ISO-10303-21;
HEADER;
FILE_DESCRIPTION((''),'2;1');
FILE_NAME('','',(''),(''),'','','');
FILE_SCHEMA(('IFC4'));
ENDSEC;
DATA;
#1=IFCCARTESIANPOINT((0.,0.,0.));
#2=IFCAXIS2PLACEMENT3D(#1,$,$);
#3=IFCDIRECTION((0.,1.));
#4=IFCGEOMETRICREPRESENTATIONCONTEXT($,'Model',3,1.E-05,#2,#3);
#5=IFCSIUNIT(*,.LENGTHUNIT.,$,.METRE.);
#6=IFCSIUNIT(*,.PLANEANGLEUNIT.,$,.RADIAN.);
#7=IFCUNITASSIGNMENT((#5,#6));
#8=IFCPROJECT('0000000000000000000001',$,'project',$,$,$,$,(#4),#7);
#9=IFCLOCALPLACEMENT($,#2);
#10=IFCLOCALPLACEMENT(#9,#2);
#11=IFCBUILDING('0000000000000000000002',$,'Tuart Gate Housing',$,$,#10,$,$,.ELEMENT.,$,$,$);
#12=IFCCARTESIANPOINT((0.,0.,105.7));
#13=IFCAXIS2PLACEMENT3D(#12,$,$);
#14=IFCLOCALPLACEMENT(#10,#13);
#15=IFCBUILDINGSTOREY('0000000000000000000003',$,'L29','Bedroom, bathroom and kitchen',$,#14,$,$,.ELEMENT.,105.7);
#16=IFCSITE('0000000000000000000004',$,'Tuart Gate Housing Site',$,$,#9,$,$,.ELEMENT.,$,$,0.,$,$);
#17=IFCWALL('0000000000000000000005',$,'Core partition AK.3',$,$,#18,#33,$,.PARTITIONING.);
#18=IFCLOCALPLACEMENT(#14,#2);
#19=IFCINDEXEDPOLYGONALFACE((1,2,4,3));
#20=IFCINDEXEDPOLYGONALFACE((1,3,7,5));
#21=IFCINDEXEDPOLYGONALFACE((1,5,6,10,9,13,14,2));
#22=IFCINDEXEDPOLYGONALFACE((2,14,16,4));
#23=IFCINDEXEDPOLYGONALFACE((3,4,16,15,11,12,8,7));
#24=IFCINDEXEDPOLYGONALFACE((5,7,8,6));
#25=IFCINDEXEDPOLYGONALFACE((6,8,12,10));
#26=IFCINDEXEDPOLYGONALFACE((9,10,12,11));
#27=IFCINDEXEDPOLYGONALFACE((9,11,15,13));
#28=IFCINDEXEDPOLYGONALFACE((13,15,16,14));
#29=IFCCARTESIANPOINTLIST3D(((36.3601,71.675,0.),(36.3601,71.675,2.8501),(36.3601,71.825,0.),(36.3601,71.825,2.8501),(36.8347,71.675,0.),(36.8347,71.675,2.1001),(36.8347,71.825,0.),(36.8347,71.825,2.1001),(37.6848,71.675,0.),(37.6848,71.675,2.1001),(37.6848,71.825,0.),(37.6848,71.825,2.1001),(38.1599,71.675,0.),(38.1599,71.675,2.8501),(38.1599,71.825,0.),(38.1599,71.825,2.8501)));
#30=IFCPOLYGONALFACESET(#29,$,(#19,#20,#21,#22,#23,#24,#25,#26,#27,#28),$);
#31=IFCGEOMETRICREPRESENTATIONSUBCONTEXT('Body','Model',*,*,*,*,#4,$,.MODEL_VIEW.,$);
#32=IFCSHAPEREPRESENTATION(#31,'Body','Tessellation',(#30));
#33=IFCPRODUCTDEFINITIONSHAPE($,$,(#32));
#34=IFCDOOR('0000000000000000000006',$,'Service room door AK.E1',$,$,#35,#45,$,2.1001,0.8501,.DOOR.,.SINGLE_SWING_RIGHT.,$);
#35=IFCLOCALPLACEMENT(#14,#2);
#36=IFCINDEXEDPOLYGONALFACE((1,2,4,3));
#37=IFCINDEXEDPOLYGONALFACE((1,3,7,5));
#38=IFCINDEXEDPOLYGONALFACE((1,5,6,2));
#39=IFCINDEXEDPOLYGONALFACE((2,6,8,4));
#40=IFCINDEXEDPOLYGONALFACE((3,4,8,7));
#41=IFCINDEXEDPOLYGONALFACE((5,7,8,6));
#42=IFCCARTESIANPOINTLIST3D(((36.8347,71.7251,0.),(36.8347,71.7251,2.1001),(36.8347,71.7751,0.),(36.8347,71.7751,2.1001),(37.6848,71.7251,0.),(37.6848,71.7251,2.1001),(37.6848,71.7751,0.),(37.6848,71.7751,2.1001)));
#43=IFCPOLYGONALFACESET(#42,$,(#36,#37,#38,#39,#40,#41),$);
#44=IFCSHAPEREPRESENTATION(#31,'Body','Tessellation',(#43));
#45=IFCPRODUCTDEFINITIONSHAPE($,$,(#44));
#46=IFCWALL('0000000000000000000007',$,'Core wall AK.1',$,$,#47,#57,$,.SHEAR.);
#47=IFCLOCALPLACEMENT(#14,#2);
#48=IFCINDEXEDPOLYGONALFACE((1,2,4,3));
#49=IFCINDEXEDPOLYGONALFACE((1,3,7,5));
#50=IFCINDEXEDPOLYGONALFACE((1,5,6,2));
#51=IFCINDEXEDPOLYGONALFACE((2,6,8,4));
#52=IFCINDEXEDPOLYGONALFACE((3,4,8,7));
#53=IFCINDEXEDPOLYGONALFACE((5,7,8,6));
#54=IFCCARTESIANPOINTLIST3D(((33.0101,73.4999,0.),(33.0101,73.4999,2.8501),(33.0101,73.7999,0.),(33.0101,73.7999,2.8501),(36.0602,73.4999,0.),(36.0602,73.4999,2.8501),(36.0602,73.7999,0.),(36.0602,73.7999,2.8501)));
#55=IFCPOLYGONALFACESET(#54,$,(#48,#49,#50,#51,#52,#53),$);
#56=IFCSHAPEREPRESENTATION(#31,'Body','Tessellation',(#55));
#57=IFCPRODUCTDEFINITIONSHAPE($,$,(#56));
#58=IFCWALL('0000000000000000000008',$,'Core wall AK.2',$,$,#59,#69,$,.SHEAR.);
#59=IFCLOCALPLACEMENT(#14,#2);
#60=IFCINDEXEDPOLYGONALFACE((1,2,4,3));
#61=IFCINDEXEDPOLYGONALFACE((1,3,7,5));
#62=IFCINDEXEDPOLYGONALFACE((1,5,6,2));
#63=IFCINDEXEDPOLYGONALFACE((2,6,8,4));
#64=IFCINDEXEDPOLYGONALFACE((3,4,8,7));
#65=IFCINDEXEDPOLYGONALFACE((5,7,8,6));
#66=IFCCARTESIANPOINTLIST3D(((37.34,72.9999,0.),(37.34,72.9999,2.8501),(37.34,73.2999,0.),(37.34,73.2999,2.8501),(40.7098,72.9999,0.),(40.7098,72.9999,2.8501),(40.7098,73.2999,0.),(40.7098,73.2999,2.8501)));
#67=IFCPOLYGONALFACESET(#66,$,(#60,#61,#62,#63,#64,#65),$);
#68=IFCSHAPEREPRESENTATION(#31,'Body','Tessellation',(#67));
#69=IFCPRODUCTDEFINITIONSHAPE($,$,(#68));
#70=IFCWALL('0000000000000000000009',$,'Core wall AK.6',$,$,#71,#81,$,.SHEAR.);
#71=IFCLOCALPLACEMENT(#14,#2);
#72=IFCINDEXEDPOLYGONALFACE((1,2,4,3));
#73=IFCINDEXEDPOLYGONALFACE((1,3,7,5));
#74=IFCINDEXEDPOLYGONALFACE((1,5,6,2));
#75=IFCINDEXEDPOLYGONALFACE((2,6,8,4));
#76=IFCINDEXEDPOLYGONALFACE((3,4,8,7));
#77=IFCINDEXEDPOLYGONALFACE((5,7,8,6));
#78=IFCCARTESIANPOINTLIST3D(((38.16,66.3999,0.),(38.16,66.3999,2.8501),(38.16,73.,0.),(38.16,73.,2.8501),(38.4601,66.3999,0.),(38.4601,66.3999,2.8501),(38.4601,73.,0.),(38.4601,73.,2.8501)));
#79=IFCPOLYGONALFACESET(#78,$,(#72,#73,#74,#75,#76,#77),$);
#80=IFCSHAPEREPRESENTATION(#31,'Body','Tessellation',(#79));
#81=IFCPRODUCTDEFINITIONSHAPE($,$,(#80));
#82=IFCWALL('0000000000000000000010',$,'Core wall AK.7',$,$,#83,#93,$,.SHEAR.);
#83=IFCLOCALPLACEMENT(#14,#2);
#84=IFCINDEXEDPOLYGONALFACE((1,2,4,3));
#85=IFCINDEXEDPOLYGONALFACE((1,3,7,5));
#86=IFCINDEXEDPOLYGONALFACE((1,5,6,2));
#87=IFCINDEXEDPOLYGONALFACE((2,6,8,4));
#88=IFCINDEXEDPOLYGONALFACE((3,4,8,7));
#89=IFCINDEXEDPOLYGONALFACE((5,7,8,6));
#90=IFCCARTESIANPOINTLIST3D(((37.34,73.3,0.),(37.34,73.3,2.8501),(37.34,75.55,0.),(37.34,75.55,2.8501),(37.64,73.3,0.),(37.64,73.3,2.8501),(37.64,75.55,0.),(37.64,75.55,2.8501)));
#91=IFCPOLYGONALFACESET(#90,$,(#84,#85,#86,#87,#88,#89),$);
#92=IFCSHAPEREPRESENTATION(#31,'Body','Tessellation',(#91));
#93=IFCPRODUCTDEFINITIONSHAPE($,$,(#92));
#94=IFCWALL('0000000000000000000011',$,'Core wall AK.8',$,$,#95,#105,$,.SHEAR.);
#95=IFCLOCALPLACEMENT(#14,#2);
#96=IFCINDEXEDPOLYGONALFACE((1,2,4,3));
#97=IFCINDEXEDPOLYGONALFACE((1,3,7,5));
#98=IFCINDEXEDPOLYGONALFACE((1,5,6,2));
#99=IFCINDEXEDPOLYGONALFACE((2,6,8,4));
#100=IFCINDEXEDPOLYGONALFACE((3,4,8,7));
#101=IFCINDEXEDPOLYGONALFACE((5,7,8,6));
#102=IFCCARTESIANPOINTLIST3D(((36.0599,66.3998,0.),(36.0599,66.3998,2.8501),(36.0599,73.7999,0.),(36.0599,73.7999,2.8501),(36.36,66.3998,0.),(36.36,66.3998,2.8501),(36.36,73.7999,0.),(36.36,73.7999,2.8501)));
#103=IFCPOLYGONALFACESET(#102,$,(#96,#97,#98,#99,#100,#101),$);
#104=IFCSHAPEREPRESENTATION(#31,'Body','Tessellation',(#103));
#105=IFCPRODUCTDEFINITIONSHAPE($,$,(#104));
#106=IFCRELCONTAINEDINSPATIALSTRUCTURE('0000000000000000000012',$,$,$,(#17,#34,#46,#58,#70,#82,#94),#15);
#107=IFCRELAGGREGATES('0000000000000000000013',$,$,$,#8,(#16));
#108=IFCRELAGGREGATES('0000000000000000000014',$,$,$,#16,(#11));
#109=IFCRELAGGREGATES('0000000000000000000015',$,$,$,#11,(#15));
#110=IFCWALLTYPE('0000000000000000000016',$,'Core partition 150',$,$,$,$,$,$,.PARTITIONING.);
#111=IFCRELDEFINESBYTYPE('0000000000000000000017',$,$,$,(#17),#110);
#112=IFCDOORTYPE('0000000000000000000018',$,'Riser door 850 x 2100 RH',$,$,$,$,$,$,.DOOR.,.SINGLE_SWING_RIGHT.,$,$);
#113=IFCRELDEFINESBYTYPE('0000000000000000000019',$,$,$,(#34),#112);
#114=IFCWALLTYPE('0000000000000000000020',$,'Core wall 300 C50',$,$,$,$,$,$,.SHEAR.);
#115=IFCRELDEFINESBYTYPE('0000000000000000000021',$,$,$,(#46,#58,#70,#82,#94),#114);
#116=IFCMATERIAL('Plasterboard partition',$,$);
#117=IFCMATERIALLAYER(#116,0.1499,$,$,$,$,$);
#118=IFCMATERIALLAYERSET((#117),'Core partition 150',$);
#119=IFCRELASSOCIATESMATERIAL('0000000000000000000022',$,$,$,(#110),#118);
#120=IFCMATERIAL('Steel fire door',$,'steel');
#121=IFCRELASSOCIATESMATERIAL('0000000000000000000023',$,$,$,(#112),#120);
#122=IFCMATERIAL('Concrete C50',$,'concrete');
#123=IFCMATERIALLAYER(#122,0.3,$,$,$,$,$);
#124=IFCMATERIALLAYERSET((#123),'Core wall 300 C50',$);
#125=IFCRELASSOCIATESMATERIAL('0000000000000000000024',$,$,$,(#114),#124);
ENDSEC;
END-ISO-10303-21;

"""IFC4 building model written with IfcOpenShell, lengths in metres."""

from ifc_helpers import new_model, si_unit, direction, frame, frame_2d, origin, place, context, subcontext, project, spatial, rectangle, extrude, material, layer, layer_set, type_object, element, fill, save


model = new_model("IFC4")

# Units and contexts
model_context = context("Model", 3, precision=1e-05, world=origin(), true_north=direction((0.0, 1.0)))
body_context = subcontext(model_context, "Body", "Model", "MODEL_VIEW")
ifc_project = project(units=[si_unit("LENGTHUNIT", "METRE"), si_unit("PLANEANGLEUNIT", "RADIAN")], contexts=[model_context])

# Site, building, storey
site_placement = place(None, origin())
site = spatial("IfcSite", under=ifc_project, at=site_placement, Name="Tuart Gate Housing Site", CompositionType="ELEMENT", RefElevation=0.0)
building_placement = place(site_placement, origin())
building = spatial("IfcBuilding", under=site, at=building_placement, Name="Tuart Gate Housing", CompositionType="ELEMENT")
storey_placement = place(building_placement, frame((0.0, 0.0, 105.7)))
storey = spatial("IfcBuildingStorey", under=building, at=storey_placement, Name="L29", Description="Bedroom, bathroom and kitchen", CompositionType="ELEMENT", Elevation=105.7)

# Wall, opening, door
ifc_material_1 = material(Name="Plasterboard partition")
ifc_layer_1 = layer(ifc_material_1, 0.1499)
ifc_layer_set_1 = layer_set([ifc_layer_1], Name="Core partition 150")
wall_type_1 = type_object("IfcWallType", Name="Core partition 150", PredefinedType="PARTITIONING", material=ifc_layer_set_1)
wall_1_placement = place(storey_placement, frame((38.1599, 71.75, 0.0), z_axis=(0.0, 0.0, 1.0), x_axis=(-1.0, 0.0, 0.0)))
wall_1 = element("IfcWall", 1, at=wall_1_placement, inside=storey, type_object=wall_type_1, Name="Core partition AK.3", PredefinedType="PARTITIONING", context=body_context, shape_type="SweptSolid", body=[
    extrude(rectangle(XDim=1.7998, YDim=0.1499, at=frame_2d((0.8999, 0.0))), origin(), (0.0, 0.0, 1.0), 2.8501),
])
opening_1_placement = place(wall_1_placement, frame((0.4751, 0.0, 0.0)))
opening_1 = element("IfcOpeningElement", 2, at=opening_1_placement, cuts=wall_1, PredefinedType="OPENING", context=body_context, shape_type="SweptSolid", body=[
    extrude(rectangle(XDim=0.8501, YDim=2.1001, at=frame_2d((0.425, 1.05))), frame((0.0, 0.085, 0.0), z_axis=(0.0, -1.0, 0.0), x_axis=(1.0, 0.0, 0.0)), (0.0, 0.0, 1.0), 0.1699),
])
ifc_material_2 = material(Name="Steel fire door", Category="steel")
door_type_1 = type_object("IfcDoorType", Name="Riser door 850 x 2100 RH", OperationType="SINGLE_SWING_RIGHT", PredefinedType="DOOR", material=ifc_material_2)
door_1_placement = place(opening_1_placement, frame((0.8501, 0.0, 0.0), z_axis=(0.0, 0.0, 1.0), x_axis=(-1.0, 0.0, 0.0)))
door_1 = element("IfcDoor", 3, at=door_1_placement, inside=storey, type_object=door_type_1, Name="Service room door AK.E1", OperationType="SINGLE_SWING_RIGHT", OverallHeight=2.1001, OverallWidth=0.8501, PredefinedType="DOOR", context=body_context, shape_type="SweptSolid", body=[
    extrude(rectangle(XDim=0.8501, YDim=2.1001, at=frame_2d((0.425, 1.05))), frame((0.0, 0.0251, 0.0), z_axis=(0.0, -1.0, 0.0), x_axis=(1.0, 0.0, 0.0)), (0.0, 0.0, 1.0), 0.05),
])
fill(opening_1, door_1)

# Walls
ifc_material_3 = material(Name="Concrete C50", Category="concrete")
ifc_layer_2 = layer(ifc_material_3, 0.3)
ifc_layer_set_2 = layer_set([ifc_layer_2], Name="Core wall 300 C50")
wall_type_2 = type_object("IfcWallType", Name="Core wall 300 C50", PredefinedType="SHEAR", material=ifc_layer_set_2)
wall_2_placement = place(storey_placement, frame((36.0601, 73.6499, 0.0), z_axis=(0.0, 0.0, 1.0), x_axis=(-1.0, 0.0, 0.0)))
element("IfcWall", 4, at=wall_2_placement, inside=storey, type_object=wall_type_2, Name="Core wall AK.1", PredefinedType="SHEAR", context=body_context, shape_type="SweptSolid", body=[
    extrude(rectangle(XDim=3.05, YDim=0.3, at=frame_2d((1.5249, 0.0))), origin(), (0.0, 0.0, 1.0), 2.8501),
])
wall_3_placement = place(storey_placement, frame((40.71, 73.1499, 0.0), z_axis=(0.0, 0.0, 1.0), x_axis=(-1.0, 0.0, 0.0)))
element("IfcWall", 5, at=wall_3_placement, inside=storey, type_object=wall_type_2, Name="Core wall AK.2", PredefinedType="SHEAR", context=body_context, shape_type="SweptSolid", body=[
    extrude(rectangle(XDim=3.3699, YDim=0.3, at=frame_2d((1.6851, 0.0))), origin(), (0.0, 0.0, 1.0), 2.8501),
])
wall_4_placement = place(storey_placement, frame((38.3101, 73.0, 0.0), z_axis=(0.0, 0.0, 1.0), x_axis=(0.0, -1.0, 0.0)))
element("IfcWall", 6, at=wall_4_placement, inside=storey, type_object=wall_type_2, Name="Core wall AK.6", PredefinedType="SHEAR", context=body_context, shape_type="SweptSolid", body=[
    extrude(rectangle(XDim=6.6001, YDim=0.3, at=frame_2d((3.3, 0.0))), origin(), (0.0, 0.0, 1.0), 2.8501),
])
wall_5_placement = place(storey_placement, frame((37.49, 75.55, 0.0), z_axis=(0.0, 0.0, 1.0), x_axis=(0.0, -1.0, 0.0)))
element("IfcWall", 7, at=wall_5_placement, inside=storey, type_object=wall_type_2, Name="Core wall AK.7", PredefinedType="SHEAR", context=body_context, shape_type="SweptSolid", body=[
    extrude(rectangle(XDim=2.25, YDim=0.3, at=frame_2d((1.125, 0.0))), origin(), (0.0, 0.0, 1.0), 2.8501),
])
wall_6_placement = place(storey_placement, frame((36.21, 73.8, 0.0), z_axis=(0.0, 0.0, 1.0), x_axis=(0.0, -1.0, 0.0)))
element("IfcWall", 8, at=wall_6_placement, inside=storey, type_object=wall_type_2, Name="Core wall AK.8", PredefinedType="SHEAR", context=body_context, shape_type="SweptSolid", body=[
    extrude(rectangle(XDim=7.4001, YDim=0.3, at=frame_2d((3.7002, 0.0))), origin(), (0.0, 0.0, 1.0), 2.8501),
])

save(model, "model.ifc")
